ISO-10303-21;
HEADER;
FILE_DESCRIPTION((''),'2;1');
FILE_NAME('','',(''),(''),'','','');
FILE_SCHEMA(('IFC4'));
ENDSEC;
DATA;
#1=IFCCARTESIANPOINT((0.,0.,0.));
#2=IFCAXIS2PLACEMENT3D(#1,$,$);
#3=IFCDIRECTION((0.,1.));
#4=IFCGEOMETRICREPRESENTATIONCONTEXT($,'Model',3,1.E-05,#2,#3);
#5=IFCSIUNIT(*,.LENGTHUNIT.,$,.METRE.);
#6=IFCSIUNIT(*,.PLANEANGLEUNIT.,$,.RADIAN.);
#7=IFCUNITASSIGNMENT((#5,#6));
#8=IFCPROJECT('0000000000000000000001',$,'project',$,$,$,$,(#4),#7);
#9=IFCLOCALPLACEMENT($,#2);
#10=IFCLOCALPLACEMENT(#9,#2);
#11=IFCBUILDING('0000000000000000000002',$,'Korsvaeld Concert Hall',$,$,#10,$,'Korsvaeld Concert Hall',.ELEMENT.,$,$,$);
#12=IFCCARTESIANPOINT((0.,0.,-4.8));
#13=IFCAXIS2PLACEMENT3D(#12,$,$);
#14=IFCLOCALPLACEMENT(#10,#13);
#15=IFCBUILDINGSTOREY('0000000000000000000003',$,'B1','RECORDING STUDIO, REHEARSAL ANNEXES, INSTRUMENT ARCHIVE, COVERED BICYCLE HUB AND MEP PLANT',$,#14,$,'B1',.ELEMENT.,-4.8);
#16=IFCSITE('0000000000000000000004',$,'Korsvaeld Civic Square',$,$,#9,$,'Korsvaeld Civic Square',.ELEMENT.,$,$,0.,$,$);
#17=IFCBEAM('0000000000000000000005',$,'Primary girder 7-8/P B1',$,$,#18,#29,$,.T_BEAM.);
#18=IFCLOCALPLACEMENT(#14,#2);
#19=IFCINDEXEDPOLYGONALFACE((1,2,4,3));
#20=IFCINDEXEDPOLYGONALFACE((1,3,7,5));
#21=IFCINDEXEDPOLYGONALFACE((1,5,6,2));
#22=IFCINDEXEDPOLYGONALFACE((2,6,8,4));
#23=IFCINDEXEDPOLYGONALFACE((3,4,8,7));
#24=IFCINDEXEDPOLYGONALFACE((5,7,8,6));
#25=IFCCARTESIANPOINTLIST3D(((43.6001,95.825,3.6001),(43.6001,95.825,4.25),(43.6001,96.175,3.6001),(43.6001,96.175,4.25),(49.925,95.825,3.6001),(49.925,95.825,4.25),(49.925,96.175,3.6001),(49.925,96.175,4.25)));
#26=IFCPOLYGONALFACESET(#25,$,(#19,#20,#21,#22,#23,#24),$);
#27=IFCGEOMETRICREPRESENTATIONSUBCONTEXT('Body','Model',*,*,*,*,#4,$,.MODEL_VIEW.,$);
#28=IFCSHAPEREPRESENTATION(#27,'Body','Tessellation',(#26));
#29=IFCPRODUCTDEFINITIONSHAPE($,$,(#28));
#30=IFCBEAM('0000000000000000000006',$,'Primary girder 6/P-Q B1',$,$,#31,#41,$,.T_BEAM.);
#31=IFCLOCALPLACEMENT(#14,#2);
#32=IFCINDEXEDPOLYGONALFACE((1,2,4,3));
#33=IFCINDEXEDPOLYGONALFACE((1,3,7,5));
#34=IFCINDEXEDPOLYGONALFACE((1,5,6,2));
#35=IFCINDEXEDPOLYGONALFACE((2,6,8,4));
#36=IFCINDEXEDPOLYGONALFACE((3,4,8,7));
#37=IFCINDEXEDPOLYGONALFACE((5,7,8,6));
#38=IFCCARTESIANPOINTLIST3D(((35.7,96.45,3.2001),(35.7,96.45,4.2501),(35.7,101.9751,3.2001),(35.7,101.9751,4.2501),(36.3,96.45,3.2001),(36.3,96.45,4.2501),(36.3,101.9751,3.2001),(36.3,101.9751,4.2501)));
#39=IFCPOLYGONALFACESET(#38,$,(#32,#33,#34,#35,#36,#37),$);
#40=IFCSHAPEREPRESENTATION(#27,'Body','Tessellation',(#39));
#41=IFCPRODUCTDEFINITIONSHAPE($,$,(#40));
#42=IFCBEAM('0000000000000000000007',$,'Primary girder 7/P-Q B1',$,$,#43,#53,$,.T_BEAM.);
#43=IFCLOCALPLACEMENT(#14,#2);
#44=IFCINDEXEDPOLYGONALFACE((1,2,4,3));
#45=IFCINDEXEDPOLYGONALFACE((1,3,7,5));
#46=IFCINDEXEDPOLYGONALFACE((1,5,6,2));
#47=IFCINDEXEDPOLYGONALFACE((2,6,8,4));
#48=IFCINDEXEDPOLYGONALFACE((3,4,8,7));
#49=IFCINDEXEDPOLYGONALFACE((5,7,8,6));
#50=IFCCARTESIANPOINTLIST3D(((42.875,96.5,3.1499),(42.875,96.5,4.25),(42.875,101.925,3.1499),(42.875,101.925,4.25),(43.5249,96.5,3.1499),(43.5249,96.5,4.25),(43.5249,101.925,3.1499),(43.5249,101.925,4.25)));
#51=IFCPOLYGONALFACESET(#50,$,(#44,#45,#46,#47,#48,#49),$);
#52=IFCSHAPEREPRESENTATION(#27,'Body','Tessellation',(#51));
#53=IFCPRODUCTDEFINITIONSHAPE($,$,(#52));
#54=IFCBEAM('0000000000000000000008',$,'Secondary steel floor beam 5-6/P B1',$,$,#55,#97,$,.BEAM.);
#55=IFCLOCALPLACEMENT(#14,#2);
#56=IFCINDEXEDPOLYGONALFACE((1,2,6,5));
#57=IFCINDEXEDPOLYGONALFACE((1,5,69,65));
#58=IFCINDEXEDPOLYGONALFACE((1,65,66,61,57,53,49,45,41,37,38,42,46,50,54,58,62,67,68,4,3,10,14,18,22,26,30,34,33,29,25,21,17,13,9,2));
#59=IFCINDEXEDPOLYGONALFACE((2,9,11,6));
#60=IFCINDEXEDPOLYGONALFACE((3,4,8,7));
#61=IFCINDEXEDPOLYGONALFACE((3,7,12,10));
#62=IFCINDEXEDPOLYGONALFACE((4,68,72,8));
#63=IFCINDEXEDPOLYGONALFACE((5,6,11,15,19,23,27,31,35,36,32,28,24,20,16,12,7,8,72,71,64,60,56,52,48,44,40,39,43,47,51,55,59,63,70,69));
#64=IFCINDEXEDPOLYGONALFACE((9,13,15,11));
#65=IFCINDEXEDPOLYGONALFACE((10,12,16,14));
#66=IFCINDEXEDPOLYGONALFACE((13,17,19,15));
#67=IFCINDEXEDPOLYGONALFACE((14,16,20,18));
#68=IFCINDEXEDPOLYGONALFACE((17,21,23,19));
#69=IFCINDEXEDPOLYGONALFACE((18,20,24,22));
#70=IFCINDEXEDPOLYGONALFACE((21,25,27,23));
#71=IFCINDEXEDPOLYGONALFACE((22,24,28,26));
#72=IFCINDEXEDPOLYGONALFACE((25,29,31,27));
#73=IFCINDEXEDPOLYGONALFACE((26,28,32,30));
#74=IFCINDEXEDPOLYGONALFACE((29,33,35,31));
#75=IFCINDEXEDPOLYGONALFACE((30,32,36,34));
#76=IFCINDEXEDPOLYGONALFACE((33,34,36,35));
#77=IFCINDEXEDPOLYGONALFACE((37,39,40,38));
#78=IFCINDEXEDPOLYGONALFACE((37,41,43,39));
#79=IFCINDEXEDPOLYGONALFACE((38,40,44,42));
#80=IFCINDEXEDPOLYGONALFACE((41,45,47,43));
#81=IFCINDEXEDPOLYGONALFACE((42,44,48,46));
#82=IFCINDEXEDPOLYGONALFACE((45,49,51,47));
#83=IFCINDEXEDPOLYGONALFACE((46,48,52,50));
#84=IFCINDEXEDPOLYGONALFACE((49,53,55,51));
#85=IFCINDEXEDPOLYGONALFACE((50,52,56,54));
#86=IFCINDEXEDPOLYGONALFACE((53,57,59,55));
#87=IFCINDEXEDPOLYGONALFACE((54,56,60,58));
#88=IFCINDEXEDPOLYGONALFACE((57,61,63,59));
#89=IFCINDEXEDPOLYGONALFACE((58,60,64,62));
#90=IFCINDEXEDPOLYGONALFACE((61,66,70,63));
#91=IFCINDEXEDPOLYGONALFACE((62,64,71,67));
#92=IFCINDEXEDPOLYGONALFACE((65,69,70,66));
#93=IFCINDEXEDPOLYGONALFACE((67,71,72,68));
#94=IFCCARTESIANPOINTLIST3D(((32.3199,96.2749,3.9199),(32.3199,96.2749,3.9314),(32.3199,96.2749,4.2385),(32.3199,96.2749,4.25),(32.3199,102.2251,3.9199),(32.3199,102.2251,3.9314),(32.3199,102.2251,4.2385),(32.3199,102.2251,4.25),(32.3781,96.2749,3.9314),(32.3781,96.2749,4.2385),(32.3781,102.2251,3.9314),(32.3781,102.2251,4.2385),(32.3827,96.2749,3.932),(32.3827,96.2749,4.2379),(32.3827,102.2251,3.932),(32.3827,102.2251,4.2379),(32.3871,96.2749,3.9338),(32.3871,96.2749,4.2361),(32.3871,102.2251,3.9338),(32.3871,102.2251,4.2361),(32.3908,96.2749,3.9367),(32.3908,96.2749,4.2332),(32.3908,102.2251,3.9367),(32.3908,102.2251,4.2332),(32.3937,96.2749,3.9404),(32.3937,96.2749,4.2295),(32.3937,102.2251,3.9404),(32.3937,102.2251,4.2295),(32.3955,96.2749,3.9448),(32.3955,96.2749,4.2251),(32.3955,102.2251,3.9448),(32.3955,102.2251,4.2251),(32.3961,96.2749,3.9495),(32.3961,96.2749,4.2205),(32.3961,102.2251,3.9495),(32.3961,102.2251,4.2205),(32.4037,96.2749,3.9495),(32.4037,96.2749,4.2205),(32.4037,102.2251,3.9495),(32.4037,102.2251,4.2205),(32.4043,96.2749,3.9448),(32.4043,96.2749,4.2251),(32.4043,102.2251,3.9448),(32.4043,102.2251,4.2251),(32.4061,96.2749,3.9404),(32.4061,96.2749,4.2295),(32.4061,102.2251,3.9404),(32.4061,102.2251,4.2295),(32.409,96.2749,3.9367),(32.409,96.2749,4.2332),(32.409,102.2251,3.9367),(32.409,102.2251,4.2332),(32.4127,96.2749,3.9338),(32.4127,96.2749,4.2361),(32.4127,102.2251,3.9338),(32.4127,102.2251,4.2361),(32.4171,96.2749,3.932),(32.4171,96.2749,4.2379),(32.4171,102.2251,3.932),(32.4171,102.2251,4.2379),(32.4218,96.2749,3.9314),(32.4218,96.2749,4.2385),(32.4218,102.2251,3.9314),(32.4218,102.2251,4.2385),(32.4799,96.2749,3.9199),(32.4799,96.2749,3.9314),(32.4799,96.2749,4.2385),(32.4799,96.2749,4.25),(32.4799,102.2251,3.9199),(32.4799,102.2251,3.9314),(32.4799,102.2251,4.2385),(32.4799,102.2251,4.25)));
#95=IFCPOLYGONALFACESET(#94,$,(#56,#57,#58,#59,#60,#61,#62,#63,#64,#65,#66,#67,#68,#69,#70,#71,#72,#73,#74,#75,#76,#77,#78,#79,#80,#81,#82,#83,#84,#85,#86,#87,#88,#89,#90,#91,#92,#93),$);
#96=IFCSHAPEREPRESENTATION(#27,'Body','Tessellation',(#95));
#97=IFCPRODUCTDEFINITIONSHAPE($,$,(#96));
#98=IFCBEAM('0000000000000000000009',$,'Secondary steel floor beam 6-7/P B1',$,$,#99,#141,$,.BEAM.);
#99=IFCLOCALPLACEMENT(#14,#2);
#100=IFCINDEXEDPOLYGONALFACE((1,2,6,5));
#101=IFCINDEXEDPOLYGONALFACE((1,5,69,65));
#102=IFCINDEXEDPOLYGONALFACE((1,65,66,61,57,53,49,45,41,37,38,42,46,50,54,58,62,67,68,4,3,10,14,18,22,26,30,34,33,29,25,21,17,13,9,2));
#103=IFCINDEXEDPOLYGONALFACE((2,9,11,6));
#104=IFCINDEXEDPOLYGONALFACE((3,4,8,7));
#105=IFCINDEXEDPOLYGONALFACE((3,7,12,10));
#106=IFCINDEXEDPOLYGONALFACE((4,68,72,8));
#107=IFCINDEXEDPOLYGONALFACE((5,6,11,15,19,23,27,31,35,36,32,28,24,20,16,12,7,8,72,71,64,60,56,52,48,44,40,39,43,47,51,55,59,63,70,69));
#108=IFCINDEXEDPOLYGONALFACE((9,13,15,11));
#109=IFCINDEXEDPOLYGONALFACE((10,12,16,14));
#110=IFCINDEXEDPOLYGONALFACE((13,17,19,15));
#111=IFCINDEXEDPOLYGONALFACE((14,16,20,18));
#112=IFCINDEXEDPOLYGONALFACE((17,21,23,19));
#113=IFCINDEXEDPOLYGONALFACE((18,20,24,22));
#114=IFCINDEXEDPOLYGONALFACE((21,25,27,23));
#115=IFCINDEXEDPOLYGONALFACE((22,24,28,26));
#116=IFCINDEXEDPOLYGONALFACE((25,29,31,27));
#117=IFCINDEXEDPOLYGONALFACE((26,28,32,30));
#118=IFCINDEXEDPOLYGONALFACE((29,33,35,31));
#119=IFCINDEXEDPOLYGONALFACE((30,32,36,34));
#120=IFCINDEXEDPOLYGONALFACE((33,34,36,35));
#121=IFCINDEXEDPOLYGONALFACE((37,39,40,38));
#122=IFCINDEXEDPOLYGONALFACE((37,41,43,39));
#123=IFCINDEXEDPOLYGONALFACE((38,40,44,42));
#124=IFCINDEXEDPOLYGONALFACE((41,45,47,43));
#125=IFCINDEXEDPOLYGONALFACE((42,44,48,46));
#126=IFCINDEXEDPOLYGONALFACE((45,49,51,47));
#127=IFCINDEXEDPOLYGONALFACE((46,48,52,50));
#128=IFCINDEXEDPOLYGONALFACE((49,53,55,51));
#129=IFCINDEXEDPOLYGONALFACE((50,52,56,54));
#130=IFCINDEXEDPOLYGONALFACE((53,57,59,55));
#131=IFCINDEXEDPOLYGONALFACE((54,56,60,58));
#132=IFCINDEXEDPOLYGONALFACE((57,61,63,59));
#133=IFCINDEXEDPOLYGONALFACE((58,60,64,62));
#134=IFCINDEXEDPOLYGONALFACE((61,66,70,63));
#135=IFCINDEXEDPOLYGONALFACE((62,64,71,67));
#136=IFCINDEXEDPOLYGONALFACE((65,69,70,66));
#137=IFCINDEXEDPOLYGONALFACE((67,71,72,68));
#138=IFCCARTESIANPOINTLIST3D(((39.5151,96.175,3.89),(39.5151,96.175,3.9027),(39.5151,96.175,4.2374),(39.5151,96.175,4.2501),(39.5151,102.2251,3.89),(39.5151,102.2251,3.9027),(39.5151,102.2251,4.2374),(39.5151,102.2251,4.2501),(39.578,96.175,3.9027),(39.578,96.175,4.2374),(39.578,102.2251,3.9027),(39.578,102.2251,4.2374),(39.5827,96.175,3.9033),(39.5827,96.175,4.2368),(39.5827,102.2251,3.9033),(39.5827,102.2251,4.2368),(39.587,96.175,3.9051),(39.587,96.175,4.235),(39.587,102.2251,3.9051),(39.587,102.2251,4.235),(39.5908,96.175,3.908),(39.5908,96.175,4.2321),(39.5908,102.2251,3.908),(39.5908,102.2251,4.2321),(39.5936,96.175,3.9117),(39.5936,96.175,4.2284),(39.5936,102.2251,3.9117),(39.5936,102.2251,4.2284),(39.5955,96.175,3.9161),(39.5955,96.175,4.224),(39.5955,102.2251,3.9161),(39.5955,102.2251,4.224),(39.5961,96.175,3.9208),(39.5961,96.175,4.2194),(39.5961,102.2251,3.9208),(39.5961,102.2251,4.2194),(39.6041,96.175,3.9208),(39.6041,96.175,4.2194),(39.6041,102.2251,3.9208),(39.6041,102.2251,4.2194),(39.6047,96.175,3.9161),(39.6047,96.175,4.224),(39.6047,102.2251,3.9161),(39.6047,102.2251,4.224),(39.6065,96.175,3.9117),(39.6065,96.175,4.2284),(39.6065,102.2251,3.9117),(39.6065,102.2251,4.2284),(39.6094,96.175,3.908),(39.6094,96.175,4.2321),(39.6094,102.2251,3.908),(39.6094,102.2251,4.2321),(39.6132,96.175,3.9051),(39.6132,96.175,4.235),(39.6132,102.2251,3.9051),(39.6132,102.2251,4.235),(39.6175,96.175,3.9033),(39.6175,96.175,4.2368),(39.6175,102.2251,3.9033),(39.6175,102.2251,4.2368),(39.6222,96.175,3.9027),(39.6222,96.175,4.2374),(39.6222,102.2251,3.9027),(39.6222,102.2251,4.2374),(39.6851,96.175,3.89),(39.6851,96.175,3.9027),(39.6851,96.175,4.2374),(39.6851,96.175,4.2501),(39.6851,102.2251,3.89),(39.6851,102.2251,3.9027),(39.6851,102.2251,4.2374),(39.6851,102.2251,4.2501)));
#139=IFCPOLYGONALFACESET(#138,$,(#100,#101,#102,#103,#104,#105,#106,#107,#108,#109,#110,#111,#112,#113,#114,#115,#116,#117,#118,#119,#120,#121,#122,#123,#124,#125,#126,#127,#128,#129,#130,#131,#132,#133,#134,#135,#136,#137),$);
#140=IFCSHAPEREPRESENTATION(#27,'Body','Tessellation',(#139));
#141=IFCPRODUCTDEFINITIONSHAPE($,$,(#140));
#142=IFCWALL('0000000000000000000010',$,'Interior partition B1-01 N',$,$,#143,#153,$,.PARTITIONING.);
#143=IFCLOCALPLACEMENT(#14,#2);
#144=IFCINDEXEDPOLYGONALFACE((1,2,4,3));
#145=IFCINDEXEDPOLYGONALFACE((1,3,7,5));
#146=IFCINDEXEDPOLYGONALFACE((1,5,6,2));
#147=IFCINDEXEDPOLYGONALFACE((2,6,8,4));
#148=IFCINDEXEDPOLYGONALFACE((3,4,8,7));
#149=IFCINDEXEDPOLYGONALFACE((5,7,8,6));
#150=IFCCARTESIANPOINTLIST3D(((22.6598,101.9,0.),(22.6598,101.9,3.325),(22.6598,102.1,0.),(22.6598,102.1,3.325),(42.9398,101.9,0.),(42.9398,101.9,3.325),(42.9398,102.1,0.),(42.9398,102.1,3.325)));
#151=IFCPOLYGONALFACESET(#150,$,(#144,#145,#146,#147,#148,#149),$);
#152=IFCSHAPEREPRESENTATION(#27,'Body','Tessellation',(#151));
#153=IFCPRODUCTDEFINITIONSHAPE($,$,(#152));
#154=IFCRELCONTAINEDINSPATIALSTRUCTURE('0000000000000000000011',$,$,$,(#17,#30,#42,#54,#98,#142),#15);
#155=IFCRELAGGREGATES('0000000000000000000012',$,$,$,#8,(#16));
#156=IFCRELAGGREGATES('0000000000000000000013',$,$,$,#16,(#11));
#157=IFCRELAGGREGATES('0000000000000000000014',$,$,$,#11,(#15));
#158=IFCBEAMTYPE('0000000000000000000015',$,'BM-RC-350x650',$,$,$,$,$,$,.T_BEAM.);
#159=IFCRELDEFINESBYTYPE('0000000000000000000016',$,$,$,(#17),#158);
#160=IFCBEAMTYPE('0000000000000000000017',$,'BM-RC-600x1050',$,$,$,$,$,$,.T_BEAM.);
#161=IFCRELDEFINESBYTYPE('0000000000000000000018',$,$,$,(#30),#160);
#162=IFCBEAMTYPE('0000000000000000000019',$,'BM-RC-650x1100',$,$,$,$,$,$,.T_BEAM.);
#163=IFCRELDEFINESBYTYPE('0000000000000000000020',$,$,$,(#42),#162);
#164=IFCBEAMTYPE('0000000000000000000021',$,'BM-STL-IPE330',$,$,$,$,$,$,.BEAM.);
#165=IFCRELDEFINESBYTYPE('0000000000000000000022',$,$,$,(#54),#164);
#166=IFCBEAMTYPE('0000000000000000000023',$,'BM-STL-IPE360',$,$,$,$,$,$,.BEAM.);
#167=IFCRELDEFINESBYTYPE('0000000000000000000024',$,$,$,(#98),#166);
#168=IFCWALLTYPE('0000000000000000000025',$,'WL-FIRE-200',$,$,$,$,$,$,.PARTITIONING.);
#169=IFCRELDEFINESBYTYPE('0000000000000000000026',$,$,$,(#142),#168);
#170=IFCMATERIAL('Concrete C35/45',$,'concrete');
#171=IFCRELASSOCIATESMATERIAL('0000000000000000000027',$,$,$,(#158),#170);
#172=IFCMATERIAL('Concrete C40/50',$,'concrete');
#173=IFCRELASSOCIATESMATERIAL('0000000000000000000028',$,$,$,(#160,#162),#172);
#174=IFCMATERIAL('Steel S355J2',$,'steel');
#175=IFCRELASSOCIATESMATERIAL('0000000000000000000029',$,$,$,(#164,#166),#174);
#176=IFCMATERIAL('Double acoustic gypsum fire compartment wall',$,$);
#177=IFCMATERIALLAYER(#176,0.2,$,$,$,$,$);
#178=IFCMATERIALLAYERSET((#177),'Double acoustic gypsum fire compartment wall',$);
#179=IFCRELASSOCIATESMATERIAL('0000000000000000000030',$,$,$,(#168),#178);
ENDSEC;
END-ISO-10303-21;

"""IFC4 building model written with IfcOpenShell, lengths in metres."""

from ifc_helpers import new_model, si_unit, direction, frame, frame_2d, origin, origin_2d, place, context, subcontext, project, spatial, rectangle, i_section, extrude, material, layer, layer_set, material_profile, profile_set, type_object, element, save


model = new_model("IFC4")

# Units and contexts
model_context = context("Model", 3, precision=1e-05, world=origin(), true_north=direction((0.0, 1.0)))
body_context = subcontext(model_context, "Body", "Model", "MODEL_VIEW")
ifc_project = project(units=[si_unit("LENGTHUNIT", "METRE"), si_unit("PLANEANGLEUNIT", "RADIAN")], contexts=[model_context])

# Site, building, storey
site_placement = place(None, origin())
site = spatial("IfcSite", under=ifc_project, at=site_placement, Name="Korsvaeld Civic Square", LongName="Korsvaeld Civic Square", CompositionType="ELEMENT", RefElevation=0.0)
building_placement = place(site_placement, origin())
building = spatial("IfcBuilding", under=site, at=building_placement, Name="Korsvaeld Concert Hall", LongName="Korsvaeld Concert Hall", CompositionType="ELEMENT")
storey_placement = place(building_placement, frame((0.0, 0.0, -4.8)))
storey = spatial("IfcBuildingStorey", under=building, at=storey_placement, Name="B1", Description="RECORDING STUDIO, REHEARSAL ANNEXES, INSTRUMENT ARCHIVE, COVERED BICYCLE HUB AND MEP PLANT", LongName="B1", CompositionType="ELEMENT", Elevation=-4.8)

# Shared definitions
ifc_material_1 = material(Name="Concrete C35/45", Category="concrete")

# Shared definitions
ifc_material_2 = material(Name="Concrete C40/50", Category="concrete")

# Beams
ifc_material_profile_1 = material_profile(ifc_material_1, rectangle(XDim=0.3501, YDim=0.6499, at=origin_2d()), Name="RC 350x650")
ifc_profile_set_1 = profile_set([ifc_material_profile_1], Name="Concrete C35/45")
beam_type_1 = type_object("IfcBeamType", Name="BM-RC-350x650", PredefinedType="T_BEAM", material=ifc_profile_set_1)
beam_1_placement = place(storey_placement, frame((43.6001, 96.0, 3.925), z_axis=(1.0, 0.0, 0.0), x_axis=(0.0, 1.0, 0.0)))
element("IfcBeam", 1, at=beam_1_placement, inside=storey, type_object=beam_type_1, Name="Primary girder 7-8/P B1", PredefinedType="T_BEAM", context=body_context, shape_type="SweptSolid", body=[
    extrude(rectangle(XDim=0.3501, YDim=0.6499, at=origin_2d()), origin(), (0.0, 0.0, 1.0), 6.325),
])
ifc_material_profile_2 = material_profile(ifc_material_2, rectangle(XDim=0.6001, YDim=1.05, at=origin_2d()), Name="RC 600x1050")
ifc_profile_set_2 = profile_set([ifc_material_profile_2], Name="Concrete C40/50")
beam_type_2 = type_object("IfcBeamType", Name="BM-RC-600x1050", PredefinedType="T_BEAM", material=ifc_profile_set_2)
beam_2_placement = place(storey_placement, frame((36.0, 96.45, 3.7251), z_axis=(0.0, 1.0, 0.0), x_axis=(-1.0, 0.0, 0.0)))
element("IfcBeam", 2, at=beam_2_placement, inside=storey, type_object=beam_type_2, Name="Primary girder 6/P-Q B1", PredefinedType="T_BEAM", context=body_context, shape_type="SweptSolid", body=[
    extrude(rectangle(XDim=0.6001, YDim=1.05, at=origin_2d()), origin(), (0.0, 0.0, 1.0), 5.5251),
])
ifc_material_profile_3 = material_profile(ifc_material_2, rectangle(XDim=0.6499, YDim=1.1001, at=origin_2d()), Name="RC 650x1100")
ifc_profile_set_3 = profile_set([ifc_material_profile_3], Name="Concrete C40/50")
beam_type_3 = type_object("IfcBeamType", Name="BM-RC-650x1100", PredefinedType="T_BEAM", material=ifc_profile_set_3)
beam_3_placement = place(storey_placement, frame((43.2, 96.5, 3.7), z_axis=(0.0, 1.0, 0.0), x_axis=(-1.0, 0.0, 0.0)))
element("IfcBeam", 3, at=beam_3_placement, inside=storey, type_object=beam_type_3, Name="Primary girder 7/P-Q B1", PredefinedType="T_BEAM", context=body_context, shape_type="SweptSolid", body=[
    extrude(rectangle(XDim=0.6499, YDim=1.1001, at=origin_2d()), origin(), (0.0, 0.0, 1.0), 5.425),
])
ifc_material_3 = material(Name="Steel S355J2", Category="steel")
ifc_material_profile_4 = material_profile(ifc_material_3, i_section(OverallWidth=0.1599, OverallDepth=0.3301, WebThickness=0.0076, FlangeThickness=0.0115, FilletRadius=0.0181, at=origin_2d()), Name="IPE 330")
ifc_profile_set_4 = profile_set([ifc_material_profile_4], Name="Steel S355J2")
beam_type_4 = type_object("IfcBeamType", Name="BM-STL-IPE330", PredefinedType="BEAM", material=ifc_profile_set_4)
beam_4_placement = place(storey_placement, frame((32.3999, 96.2749, 4.085), z_axis=(0.0, 1.0, 0.0), x_axis=(-1.0, 0.0, 0.0)))
element("IfcBeam", 4, at=beam_4_placement, inside=storey, type_object=beam_type_4, Name="Secondary steel floor beam 5-6/P B1", PredefinedType="BEAM", context=body_context, shape_type="SweptSolid", body=[
    extrude(i_section(OverallWidth=0.1599, OverallDepth=0.3301, WebThickness=0.0076, FlangeThickness=0.0115, FilletRadius=0.0181, at=origin_2d()), origin(), (0.0, 0.0, 1.0), 5.9502),
])
ifc_material_profile_5 = material_profile(ifc_material_3, i_section(OverallWidth=0.1699, OverallDepth=0.3601, WebThickness=0.0081, FlangeThickness=0.0127, FilletRadius=0.0181, at=origin_2d()), Name="IPE 360")
ifc_profile_set_5 = profile_set([ifc_material_profile_5], Name="Steel S355J2")
beam_type_5 = type_object("IfcBeamType", Name="BM-STL-IPE360", PredefinedType="BEAM", material=ifc_profile_set_5)
beam_5_placement = place(storey_placement, frame((39.6001, 96.175, 4.0701), z_axis=(0.0, 1.0, 0.0), x_axis=(-1.0, 0.0, 0.0)))
element("IfcBeam", 5, at=beam_5_placement, inside=storey, type_object=beam_type_5, Name="Secondary steel floor beam 6-7/P B1", PredefinedType="BEAM", context=body_context, shape_type="SweptSolid", body=[
    extrude(i_section(OverallWidth=0.1699, OverallDepth=0.3601, WebThickness=0.0081, FlangeThickness=0.0127, FilletRadius=0.0181, at=origin_2d()), origin(), (0.0, 0.0, 1.0), 6.05),
])

# Wall
ifc_material_4 = material(Name="Double acoustic gypsum fire compartment wall")
ifc_layer = layer(ifc_material_4, 0.2)
ifc_layer_set = layer_set([ifc_layer], Name="Double acoustic gypsum fire compartment wall")
wall_type = type_object("IfcWallType", Name="WL-FIRE-200", PredefinedType="PARTITIONING", material=ifc_layer_set)
wall_1_placement = place(storey_placement, frame((42.9399, 102.0, 0.0), z_axis=(0.0, 0.0, 1.0), x_axis=(-1.0, 0.0, 0.0)))
element("IfcWall", 6, at=wall_1_placement, inside=storey, type_object=wall_type, Name="Interior partition B1-01 N", PredefinedType="PARTITIONING", context=body_context, shape_type="SweptSolid", body=[
    extrude(rectangle(XDim=20.28, YDim=0.2, at=frame_2d((10.1401, 0.0))), origin(), (0.0, 0.0, 1.0), 3.325),
])

save(model, "model.ifc")
